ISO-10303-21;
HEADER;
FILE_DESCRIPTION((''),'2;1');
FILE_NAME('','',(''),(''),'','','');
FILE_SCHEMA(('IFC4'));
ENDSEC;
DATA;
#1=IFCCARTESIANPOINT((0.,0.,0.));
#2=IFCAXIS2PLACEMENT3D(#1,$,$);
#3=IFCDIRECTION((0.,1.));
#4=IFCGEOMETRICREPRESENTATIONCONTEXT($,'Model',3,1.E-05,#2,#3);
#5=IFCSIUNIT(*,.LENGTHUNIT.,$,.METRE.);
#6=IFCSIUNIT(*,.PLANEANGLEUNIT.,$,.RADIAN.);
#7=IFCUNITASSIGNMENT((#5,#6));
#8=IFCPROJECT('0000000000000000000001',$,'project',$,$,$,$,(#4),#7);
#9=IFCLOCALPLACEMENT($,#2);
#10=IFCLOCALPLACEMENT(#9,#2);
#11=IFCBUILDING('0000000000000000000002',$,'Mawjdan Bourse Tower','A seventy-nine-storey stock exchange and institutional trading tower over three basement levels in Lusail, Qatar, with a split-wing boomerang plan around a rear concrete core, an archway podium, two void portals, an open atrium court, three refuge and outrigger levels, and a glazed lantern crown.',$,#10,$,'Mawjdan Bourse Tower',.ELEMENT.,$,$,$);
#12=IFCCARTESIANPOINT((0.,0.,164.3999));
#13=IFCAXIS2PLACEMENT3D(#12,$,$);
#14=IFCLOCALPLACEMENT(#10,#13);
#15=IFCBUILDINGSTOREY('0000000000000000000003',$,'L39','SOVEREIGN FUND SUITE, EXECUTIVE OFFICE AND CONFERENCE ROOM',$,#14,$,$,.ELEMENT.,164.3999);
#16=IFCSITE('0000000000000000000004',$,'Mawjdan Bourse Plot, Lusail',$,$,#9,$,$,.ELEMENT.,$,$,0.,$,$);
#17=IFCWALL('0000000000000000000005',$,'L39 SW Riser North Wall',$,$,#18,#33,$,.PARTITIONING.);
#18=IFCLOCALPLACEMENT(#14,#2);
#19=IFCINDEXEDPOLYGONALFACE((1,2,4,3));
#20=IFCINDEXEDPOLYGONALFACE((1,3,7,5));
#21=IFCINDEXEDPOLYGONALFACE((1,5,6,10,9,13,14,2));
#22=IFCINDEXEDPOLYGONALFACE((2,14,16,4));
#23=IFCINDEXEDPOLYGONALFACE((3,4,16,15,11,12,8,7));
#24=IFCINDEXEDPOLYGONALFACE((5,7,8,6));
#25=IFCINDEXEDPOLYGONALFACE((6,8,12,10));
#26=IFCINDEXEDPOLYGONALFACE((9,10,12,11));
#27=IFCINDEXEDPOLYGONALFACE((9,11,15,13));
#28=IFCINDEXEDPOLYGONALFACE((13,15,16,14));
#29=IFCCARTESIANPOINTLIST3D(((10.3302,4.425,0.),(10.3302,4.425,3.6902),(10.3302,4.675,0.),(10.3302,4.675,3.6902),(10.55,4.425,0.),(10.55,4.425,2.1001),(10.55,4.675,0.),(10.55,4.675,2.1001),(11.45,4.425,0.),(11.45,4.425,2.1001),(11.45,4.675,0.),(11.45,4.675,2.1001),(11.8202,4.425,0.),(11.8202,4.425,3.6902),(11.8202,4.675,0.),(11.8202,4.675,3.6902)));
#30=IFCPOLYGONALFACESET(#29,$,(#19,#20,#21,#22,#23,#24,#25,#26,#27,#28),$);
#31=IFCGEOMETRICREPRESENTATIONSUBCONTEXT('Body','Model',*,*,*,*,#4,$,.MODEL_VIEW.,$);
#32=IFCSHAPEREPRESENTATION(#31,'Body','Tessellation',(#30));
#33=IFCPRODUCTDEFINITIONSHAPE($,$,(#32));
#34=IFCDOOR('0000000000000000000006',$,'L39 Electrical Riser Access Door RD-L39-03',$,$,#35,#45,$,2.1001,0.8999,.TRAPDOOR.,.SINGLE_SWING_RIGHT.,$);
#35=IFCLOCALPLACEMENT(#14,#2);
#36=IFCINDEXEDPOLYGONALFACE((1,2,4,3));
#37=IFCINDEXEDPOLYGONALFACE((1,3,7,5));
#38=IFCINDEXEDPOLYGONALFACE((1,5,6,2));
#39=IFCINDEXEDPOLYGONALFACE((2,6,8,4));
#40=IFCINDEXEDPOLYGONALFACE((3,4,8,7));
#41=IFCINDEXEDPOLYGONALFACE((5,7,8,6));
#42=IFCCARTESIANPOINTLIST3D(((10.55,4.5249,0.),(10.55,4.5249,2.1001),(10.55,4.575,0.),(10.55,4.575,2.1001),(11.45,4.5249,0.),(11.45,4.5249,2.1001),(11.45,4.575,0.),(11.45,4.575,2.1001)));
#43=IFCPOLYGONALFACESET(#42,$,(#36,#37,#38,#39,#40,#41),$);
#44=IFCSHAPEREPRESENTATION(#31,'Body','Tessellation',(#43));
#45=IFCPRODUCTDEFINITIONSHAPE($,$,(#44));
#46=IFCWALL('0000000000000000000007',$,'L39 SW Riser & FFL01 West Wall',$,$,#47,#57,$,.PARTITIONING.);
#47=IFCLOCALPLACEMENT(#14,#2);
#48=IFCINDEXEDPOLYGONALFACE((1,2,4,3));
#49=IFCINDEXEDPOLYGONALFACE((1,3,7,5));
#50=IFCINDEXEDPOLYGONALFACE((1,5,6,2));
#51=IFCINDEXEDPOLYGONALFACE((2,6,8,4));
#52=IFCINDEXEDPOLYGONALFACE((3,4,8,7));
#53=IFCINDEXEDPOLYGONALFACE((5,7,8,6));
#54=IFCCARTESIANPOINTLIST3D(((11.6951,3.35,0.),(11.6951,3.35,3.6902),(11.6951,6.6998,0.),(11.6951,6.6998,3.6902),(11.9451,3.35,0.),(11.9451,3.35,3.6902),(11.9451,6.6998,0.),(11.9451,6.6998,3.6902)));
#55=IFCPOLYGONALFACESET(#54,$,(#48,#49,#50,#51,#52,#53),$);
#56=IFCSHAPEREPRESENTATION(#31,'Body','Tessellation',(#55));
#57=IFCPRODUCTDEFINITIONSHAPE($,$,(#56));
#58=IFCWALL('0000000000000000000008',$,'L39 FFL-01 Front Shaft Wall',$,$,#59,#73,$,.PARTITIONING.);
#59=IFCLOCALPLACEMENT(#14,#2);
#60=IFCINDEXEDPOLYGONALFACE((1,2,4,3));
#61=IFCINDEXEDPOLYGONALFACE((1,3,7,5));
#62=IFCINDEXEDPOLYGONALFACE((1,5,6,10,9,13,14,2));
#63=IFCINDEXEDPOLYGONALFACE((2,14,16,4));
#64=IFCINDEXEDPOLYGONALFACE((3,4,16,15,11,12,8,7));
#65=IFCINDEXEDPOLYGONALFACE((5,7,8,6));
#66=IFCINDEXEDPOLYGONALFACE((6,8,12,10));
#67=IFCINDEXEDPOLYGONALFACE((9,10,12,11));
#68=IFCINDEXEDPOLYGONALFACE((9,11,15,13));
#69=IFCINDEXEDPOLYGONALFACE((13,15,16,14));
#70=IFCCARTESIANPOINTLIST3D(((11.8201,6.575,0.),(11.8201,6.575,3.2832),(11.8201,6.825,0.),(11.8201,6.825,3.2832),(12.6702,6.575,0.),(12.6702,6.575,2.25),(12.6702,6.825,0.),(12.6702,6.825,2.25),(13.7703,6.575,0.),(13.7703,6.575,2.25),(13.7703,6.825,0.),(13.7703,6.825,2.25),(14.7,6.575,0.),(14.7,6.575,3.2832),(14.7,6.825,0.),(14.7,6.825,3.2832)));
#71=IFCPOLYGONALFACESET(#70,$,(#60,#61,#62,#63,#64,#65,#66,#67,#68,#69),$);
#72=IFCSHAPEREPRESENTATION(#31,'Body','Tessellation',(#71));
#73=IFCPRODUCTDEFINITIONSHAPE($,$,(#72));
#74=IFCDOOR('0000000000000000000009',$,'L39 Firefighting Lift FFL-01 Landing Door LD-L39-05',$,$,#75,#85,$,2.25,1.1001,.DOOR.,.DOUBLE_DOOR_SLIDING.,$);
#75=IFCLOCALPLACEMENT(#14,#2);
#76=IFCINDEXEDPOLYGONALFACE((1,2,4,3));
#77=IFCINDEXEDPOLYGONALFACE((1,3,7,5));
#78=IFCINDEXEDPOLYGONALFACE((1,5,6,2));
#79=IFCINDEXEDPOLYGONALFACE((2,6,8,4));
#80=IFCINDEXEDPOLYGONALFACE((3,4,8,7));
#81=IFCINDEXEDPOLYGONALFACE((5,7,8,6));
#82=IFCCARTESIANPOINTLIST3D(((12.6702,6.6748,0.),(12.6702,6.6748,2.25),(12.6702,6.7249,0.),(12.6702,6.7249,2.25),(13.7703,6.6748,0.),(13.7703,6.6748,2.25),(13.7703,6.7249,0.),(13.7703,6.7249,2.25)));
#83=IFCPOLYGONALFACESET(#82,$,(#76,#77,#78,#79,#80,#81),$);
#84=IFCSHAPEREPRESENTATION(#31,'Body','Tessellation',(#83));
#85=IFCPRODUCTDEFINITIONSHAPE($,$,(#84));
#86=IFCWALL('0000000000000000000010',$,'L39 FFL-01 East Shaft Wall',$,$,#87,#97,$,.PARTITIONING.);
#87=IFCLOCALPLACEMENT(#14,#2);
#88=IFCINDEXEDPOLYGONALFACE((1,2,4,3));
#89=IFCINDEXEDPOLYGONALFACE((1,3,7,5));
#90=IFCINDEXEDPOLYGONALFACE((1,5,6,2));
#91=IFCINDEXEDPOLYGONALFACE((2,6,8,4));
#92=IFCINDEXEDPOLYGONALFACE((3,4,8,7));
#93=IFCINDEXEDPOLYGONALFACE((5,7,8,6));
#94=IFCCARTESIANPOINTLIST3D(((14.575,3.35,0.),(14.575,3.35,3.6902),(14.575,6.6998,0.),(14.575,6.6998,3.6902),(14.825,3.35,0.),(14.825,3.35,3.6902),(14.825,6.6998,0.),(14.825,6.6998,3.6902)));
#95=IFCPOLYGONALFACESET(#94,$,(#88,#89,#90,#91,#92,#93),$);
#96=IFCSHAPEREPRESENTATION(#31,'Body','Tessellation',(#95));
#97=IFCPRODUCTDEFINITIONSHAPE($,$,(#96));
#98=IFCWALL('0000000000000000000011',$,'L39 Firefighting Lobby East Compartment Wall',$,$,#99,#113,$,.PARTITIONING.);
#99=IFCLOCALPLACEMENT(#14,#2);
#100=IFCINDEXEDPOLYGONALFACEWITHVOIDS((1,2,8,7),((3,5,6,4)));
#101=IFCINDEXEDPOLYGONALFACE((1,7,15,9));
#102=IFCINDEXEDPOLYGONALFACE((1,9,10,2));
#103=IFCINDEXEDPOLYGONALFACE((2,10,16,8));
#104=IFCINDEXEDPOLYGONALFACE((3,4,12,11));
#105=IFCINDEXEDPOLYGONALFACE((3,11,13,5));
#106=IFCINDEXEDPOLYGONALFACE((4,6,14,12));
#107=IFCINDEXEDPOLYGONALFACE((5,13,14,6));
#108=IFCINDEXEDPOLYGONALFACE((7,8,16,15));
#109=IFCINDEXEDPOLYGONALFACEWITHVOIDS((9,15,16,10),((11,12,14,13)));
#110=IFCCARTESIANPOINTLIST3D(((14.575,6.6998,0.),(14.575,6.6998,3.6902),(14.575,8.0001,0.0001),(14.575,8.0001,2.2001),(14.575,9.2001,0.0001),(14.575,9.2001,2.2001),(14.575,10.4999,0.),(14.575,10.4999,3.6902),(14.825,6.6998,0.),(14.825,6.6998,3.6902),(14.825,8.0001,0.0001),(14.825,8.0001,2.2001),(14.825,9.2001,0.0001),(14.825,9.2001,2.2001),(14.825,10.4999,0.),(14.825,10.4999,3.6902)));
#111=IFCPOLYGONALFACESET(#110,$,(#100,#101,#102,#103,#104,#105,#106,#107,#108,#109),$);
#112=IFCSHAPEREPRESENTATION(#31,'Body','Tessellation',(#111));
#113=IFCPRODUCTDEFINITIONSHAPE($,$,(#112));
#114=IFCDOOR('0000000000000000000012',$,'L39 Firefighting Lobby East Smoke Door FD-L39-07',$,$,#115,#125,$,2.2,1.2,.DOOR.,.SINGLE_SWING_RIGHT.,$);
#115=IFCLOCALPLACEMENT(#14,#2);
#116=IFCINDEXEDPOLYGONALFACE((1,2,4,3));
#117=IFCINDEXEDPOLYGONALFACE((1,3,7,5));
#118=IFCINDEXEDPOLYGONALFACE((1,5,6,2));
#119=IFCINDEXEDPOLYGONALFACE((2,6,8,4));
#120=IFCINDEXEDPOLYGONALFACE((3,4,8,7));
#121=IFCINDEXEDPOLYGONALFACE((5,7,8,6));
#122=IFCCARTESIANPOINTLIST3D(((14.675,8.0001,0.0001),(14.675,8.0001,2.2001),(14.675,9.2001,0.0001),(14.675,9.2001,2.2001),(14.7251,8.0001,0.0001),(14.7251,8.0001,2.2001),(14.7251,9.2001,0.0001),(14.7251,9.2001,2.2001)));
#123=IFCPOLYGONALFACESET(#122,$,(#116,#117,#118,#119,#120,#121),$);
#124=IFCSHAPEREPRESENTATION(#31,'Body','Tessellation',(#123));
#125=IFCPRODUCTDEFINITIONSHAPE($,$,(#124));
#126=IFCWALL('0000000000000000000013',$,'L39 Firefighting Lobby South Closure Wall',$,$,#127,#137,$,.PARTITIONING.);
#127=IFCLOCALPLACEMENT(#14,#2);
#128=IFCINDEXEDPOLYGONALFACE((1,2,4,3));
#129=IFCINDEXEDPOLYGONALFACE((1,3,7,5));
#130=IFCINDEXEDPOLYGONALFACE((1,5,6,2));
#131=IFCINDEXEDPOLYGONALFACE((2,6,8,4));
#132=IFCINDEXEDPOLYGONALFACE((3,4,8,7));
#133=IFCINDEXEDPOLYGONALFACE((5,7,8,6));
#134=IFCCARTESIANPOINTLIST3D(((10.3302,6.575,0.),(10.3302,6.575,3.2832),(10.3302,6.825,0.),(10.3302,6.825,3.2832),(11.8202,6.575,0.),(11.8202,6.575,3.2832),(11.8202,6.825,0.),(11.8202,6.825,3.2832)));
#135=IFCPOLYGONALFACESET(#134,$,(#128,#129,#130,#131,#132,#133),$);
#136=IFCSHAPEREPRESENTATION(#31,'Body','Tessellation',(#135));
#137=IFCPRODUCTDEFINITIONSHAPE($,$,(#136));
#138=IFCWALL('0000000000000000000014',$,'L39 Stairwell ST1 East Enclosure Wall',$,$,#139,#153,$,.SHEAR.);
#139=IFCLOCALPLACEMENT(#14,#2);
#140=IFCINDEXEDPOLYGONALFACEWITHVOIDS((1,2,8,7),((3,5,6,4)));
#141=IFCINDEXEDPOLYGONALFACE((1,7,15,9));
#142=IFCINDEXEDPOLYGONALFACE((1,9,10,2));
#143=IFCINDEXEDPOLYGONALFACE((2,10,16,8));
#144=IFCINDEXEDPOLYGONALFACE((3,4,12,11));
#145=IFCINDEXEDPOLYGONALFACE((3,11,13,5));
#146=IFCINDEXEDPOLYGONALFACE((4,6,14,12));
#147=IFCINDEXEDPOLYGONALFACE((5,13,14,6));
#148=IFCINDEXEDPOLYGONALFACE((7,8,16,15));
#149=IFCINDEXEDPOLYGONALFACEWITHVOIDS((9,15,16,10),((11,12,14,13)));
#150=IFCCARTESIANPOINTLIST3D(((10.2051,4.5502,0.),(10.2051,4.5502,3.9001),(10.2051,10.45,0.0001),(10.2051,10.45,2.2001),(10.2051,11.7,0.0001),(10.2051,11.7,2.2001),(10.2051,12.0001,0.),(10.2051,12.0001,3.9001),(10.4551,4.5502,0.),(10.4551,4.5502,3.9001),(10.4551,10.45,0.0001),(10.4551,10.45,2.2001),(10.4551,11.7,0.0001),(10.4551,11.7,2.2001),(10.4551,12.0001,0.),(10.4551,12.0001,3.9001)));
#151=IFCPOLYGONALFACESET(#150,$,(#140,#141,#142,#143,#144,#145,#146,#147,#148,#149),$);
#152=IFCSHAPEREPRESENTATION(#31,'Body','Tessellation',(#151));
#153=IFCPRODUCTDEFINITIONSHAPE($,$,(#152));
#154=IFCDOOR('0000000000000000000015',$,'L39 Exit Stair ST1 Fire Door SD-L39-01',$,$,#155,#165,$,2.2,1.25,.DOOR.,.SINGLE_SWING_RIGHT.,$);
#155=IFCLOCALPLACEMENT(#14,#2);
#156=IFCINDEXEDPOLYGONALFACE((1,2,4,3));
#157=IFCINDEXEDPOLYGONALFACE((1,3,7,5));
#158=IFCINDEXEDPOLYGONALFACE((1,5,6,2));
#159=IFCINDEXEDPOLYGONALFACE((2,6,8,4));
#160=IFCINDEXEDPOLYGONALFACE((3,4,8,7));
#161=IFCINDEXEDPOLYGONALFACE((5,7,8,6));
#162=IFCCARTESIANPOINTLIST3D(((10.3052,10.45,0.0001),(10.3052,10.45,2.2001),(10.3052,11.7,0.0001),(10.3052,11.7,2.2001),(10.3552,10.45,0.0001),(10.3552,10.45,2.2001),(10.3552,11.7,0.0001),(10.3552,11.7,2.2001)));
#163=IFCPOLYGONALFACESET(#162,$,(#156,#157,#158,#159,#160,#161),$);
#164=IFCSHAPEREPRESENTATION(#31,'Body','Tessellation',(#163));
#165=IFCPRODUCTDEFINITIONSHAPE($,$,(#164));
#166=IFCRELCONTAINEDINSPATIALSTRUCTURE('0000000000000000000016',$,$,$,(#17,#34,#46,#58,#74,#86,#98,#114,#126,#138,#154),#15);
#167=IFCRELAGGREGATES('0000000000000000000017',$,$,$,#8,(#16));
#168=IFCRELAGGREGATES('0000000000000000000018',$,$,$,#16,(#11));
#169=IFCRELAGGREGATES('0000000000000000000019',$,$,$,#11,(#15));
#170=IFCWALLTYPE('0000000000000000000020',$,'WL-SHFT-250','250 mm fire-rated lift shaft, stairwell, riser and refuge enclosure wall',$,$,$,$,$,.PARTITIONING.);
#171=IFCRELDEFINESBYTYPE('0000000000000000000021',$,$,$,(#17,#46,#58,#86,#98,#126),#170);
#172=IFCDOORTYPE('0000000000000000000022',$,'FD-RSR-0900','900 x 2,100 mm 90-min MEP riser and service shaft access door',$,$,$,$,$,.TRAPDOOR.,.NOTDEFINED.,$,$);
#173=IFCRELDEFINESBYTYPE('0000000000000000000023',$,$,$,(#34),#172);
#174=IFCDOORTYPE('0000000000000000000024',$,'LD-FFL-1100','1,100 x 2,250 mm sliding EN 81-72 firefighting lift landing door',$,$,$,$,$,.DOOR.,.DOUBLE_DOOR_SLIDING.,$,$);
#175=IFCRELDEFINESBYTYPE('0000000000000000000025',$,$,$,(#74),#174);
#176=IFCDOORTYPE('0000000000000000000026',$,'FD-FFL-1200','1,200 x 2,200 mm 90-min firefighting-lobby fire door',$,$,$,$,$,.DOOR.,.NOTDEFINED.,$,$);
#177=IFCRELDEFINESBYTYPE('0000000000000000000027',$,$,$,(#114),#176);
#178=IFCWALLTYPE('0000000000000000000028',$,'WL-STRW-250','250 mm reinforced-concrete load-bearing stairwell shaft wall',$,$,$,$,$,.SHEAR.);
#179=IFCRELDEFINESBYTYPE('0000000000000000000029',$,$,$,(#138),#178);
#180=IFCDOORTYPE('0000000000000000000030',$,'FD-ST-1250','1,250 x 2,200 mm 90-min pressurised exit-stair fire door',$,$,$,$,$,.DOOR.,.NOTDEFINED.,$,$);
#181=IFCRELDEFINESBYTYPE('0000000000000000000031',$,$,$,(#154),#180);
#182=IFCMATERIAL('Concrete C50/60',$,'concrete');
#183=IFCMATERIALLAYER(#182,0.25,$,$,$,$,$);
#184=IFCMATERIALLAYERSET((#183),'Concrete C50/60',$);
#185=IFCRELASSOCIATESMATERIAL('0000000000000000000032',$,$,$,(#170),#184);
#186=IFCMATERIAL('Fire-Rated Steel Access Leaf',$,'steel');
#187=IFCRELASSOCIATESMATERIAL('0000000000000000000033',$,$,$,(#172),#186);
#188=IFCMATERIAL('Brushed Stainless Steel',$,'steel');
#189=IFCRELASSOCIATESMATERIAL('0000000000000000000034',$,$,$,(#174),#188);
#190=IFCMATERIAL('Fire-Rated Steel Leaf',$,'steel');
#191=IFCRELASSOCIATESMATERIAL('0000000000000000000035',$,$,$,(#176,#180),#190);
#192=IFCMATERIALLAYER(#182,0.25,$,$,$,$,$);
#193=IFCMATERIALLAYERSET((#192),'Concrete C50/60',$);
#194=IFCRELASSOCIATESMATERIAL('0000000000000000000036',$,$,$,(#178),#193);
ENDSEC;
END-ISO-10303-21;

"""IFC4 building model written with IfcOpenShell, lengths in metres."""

from ifc_helpers import new_model, si_unit, direction, frame, frame_2d, origin, place, context, subcontext, project, spatial, rectangle, extrude, material, layer, layer_set, type_object, element, fill, save


model = new_model("IFC4")

# Units and contexts
model_context = context("Model", 3, precision=1e-05, world=origin(), true_north=direction((0.0, 1.0)))
body_context = subcontext(model_context, "Body", "Model", "MODEL_VIEW")
ifc_project = project(units=[si_unit("LENGTHUNIT", "METRE"), si_unit("PLANEANGLEUNIT", "RADIAN")], contexts=[model_context])

# Site, building, storey
site_placement = place(None, origin())
site = spatial("IfcSite", under=ifc_project, at=site_placement, Name="Mawjdan Bourse Plot, Lusail", CompositionType="ELEMENT", RefElevation=0.0)
building_placement = place(site_placement, origin())
building = spatial("IfcBuilding", under=site, at=building_placement, Name="Mawjdan Bourse Tower", Description="A seventy-nine-storey stock exchange and institutional trading tower over three basement levels in Lusail, Qatar, with a split-wing boomerang plan around a rear concrete core, an archway podium, two void portals, an open atrium court, three refuge and outrigger levels, and a glazed lantern crown.", LongName="Mawjdan Bourse Tower", CompositionType="ELEMENT")
storey_placement = place(building_placement, frame((0.0, 0.0, 164.3999)))
storey = spatial("IfcBuildingStorey", under=building, at=storey_placement, Name="L39", Description="SOVEREIGN FUND SUITE, EXECUTIVE OFFICE AND CONFERENCE ROOM", CompositionType="ELEMENT", Elevation=164.3999)

# Shared definitions
ifc_material_1 = material(Name="Concrete C50/60", Category="concrete")

# Wall, opening, door
ifc_layer_1 = layer(ifc_material_1, 0.25)
ifc_layer_set_1 = layer_set([ifc_layer_1], Name="Concrete C50/60")
wall_type_1 = type_object("IfcWallType", Name="WL-SHFT-250", Description="250 mm fire-rated lift shaft, stairwell, riser and refuge enclosure wall", PredefinedType="PARTITIONING", material=ifc_layer_set_1)
wall_1_placement = place(storey_placement, frame((10.3301, 4.55, 0.0), z_axis=(0.0, 0.0, 1.0), x_axis=(1.0, 0.0, 0.0)))
wall_1 = element("IfcWall", 1, at=wall_1_placement, inside=storey, type_object=wall_type_1, Name="L39 SW Riser North Wall", PredefinedType="PARTITIONING", context=body_context, shape_type="SweptSolid", body=[
    extrude(rectangle(XDim=1.49, YDim=0.25, at=frame_2d((0.7451, 0.0))), origin(), (0.0, 0.0, 1.0), 3.6902),
])
opening_1_placement = place(wall_1_placement, frame((0.22, 0.0, 0.0)))
opening_1 = element("IfcOpeningElement", 2, at=opening_1_placement, cuts=wall_1, PredefinedType="OPENING", context=body_context, shape_type="SweptSolid", body=[
    extrude(rectangle(XDim=0.8999, YDim=2.1001, at=frame_2d((0.45, 1.05))), frame((0.0, 0.135, 0.0), z_axis=(0.0, -1.0, 0.0), x_axis=(1.0, 0.0, 0.0)), (0.0, 0.0, 1.0), 0.27),
])
ifc_material_2 = material(Name="Fire-Rated Steel Access Leaf", Category="steel")
door_type_1 = type_object("IfcDoorType", Name="FD-RSR-0900", Description="900 x 2,100 mm 90-min MEP riser and service shaft access door", OperationType="NOTDEFINED", PredefinedType="TRAPDOOR", material=ifc_material_2)
door_1_placement = place(opening_1_placement, origin())
door_1 = element("IfcDoor", 3, at=door_1_placement, inside=storey, type_object=door_type_1, Name="L39 Electrical Riser Access Door RD-L39-03", OperationType="SINGLE_SWING_RIGHT", OverallHeight=2.1001, OverallWidth=0.8999, PredefinedType="TRAPDOOR", context=body_context, shape_type="SweptSolid", body=[
    extrude(rectangle(XDim=0.8999, YDim=2.1001, at=frame_2d((0.45, 1.05))), frame((0.0, 0.0249, 0.0), z_axis=(0.0, -1.0, 0.0), x_axis=(1.0, 0.0, 0.0)), (0.0, 0.0, 1.0), 0.05),
])
fill(opening_1, door_1)

# Wall
wall_2_placement = place(storey_placement, frame((11.8201, 3.3501, 0.0), z_axis=(0.0, 0.0, 1.0), x_axis=(0.0, 1.0, 0.0)))
element("IfcWall", 4, at=wall_2_placement, inside=storey, type_object=wall_type_1, Name="L39 SW Riser & FFL01 West Wall", PredefinedType="PARTITIONING", context=body_context, shape_type="SweptSolid", body=[
    extrude(rectangle(XDim=3.3499, YDim=0.25, at=frame_2d((1.6748, 0.0))), origin(), (0.0, 0.0, 1.0), 3.6902),
])

# Wall, opening, door
wall_3_placement = place(storey_placement, frame((11.8201, 6.7, 0.0), z_axis=(0.0, 0.0, 1.0), x_axis=(1.0, 0.0, 0.0)))
wall_3 = element("IfcWall", 5, at=wall_3_placement, inside=storey, type_object=wall_type_1, Name="L39 FFL-01 Front Shaft Wall", PredefinedType="PARTITIONING", context=body_context, shape_type="SweptSolid", body=[
    extrude(rectangle(XDim=2.8799, YDim=0.25, at=frame_2d((1.4399, 0.0))), origin(), (0.0, 0.0, 1.0), 3.2832),
])
opening_2_placement = place(wall_3_placement, frame((0.8501, 0.0, 0.0)))
opening_2 = element("IfcOpeningElement", 6, at=opening_2_placement, cuts=wall_3, PredefinedType="OPENING", context=body_context, shape_type="SweptSolid", body=[
    extrude(rectangle(XDim=1.1001, YDim=2.25, at=frame_2d((0.55, 1.125))), frame((0.0, 0.135, 0.0), z_axis=(0.0, -1.0, 0.0), x_axis=(1.0, 0.0, 0.0)), (0.0, 0.0, 1.0), 0.27),
])
ifc_material_3 = material(Name="Brushed Stainless Steel", Category="steel")
door_type_2 = type_object("IfcDoorType", Name="LD-FFL-1100", Description="1,100 x 2,250 mm sliding EN 81-72 firefighting lift landing door", OperationType="DOUBLE_DOOR_SLIDING", PredefinedType="DOOR", material=ifc_material_3)
door_2_placement = place(opening_2_placement, origin())
door_2 = element("IfcDoor", 7, at=door_2_placement, inside=storey, type_object=door_type_2, Name="L39 Firefighting Lift FFL-01 Landing Door LD-L39-05", OperationType="DOUBLE_DOOR_SLIDING", OverallHeight=2.25, OverallWidth=1.1001, PredefinedType="DOOR", context=body_context, shape_type="SweptSolid", body=[
    extrude(rectangle(XDim=1.1001, YDim=2.25, at=frame_2d((0.55, 1.125))), frame((0.0, 0.0249, 0.0), z_axis=(0.0, -1.0, 0.0), x_axis=(1.0, 0.0, 0.0)), (0.0, 0.0, 1.0), 0.05),
])
fill(opening_2, door_2)

# Wall
wall_4_placement = place(storey_placement, frame((14.7, 3.3501, 0.0), z_axis=(0.0, 0.0, 1.0), x_axis=(0.0, 1.0, 0.0)))
element("IfcWall", 8, at=wall_4_placement, inside=storey, type_object=wall_type_1, Name="L39 FFL-01 East Shaft Wall", PredefinedType="PARTITIONING", context=body_context, shape_type="SweptSolid", body=[
    extrude(rectangle(XDim=3.3499, YDim=0.25, at=frame_2d((1.6748, 0.0))), origin(), (0.0, 0.0, 1.0), 3.6902),
])

# Wall, opening, door
wall_5_placement = place(storey_placement, frame((14.7, 6.7, 0.0), z_axis=(0.0, 0.0, 1.0), x_axis=(0.0, 1.0, 0.0)))
wall_5 = element("IfcWall", 9, at=wall_5_placement, inside=storey, type_object=wall_type_1, Name="L39 Firefighting Lobby East Compartment Wall", PredefinedType="PARTITIONING", context=body_context, shape_type="SweptSolid", body=[
    extrude(rectangle(XDim=3.8, YDim=0.25, at=frame_2d((1.8999, 0.0))), origin(), (0.0, 0.0, 1.0), 3.6902),
])
opening_3_placement = place(wall_5_placement, frame((1.3, 0.0, 0.0)))
opening_3 = element("IfcOpeningElement", 10, at=opening_3_placement, cuts=wall_5, PredefinedType="OPENING", context=body_context, shape_type="SweptSolid", body=[
    extrude(rectangle(XDim=1.2, YDim=2.2, at=frame_2d((0.6001, 1.1001))), frame((0.0, 0.135, 0.0), z_axis=(0.0, -1.0, 0.0), x_axis=(1.0, 0.0, 0.0)), (0.0, 0.0, 1.0), 0.27),
])
ifc_material_4 = material(Name="Fire-Rated Steel Leaf", Category="steel")
door_type_3 = type_object("IfcDoorType", Name="FD-FFL-1200", Description="1,200 x 2,200 mm 90-min firefighting-lobby fire door", OperationType="NOTDEFINED", PredefinedType="DOOR", material=ifc_material_4)
door_3_placement = place(opening_3_placement, origin())
door_3 = element("IfcDoor", 11, at=door_3_placement, inside=storey, type_object=door_type_3, Name="L39 Firefighting Lobby East Smoke Door FD-L39-07", OperationType="SINGLE_SWING_RIGHT", OverallHeight=2.2, OverallWidth=1.2, PredefinedType="DOOR", context=body_context, shape_type="SweptSolid", body=[
    extrude(rectangle(XDim=1.2, YDim=2.2, at=frame_2d((0.6001, 1.1001))), frame((0.0, 0.0249, 0.0), z_axis=(0.0, -1.0, 0.0), x_axis=(1.0, 0.0, 0.0)), (0.0, 0.0, 1.0), 0.05),
])
fill(opening_3, door_3)

# Wall
wall_6_placement = place(storey_placement, frame((10.3301, 6.7, 0.0), z_axis=(0.0, 0.0, 1.0), x_axis=(1.0, 0.0, 0.0)))
element("IfcWall", 12, at=wall_6_placement, inside=storey, type_object=wall_type_1, Name="L39 Firefighting Lobby South Closure Wall", PredefinedType="PARTITIONING", context=body_context, shape_type="SweptSolid", body=[
    extrude(rectangle(XDim=1.49, YDim=0.25, at=frame_2d((0.7451, 0.0))), origin(), (0.0, 0.0, 1.0), 3.2832),
])
ifc_layer_2 = layer(ifc_material_1, 0.25)
ifc_layer_set_2 = layer_set([ifc_layer_2], Name="Concrete C50/60")
wall_type_2 = type_object("IfcWallType", Name="WL-STRW-250", Description="250 mm reinforced-concrete load-bearing stairwell shaft wall", PredefinedType="SHEAR", material=ifc_layer_set_2)

# Wall, opening, door
wall_7_placement = place(storey_placement, frame((10.3301, 4.55, 0.0), z_axis=(0.0, 0.0, 1.0), x_axis=(0.0, 1.0, 0.0)))
wall_7 = element("IfcWall", 13, at=wall_7_placement, inside=storey, type_object=wall_type_2, Name="L39 Stairwell ST1 East Enclosure Wall", PredefinedType="SHEAR", context=body_context, shape_type="SweptSolid", body=[
    extrude(rectangle(XDim=7.45, YDim=0.25, at=frame_2d((3.7251, 0.0))), origin(), (0.0, 0.0, 1.0), 3.9001),
])
opening_4_placement = place(wall_7_placement, frame((5.8999, 0.0, 0.0)))
opening_4 = element("IfcOpeningElement", 14, at=opening_4_placement, cuts=wall_7, PredefinedType="OPENING", context=body_context, shape_type="SweptSolid", body=[
    extrude(rectangle(XDim=1.25, YDim=2.2, at=frame_2d((0.625, 1.1001))), frame((0.0, 0.135, 0.0), z_axis=(0.0, -1.0, 0.0), x_axis=(1.0, 0.0, 0.0)), (0.0, 0.0, 1.0), 0.27),
])
door_type_4 = type_object("IfcDoorType", Name="FD-ST-1250", Description="1,250 x 2,200 mm 90-min pressurised exit-stair fire door", OperationType="NOTDEFINED", PredefinedType="DOOR", material=ifc_material_4)
door_4_placement = place(opening_4_placement, origin())
door_4 = element("IfcDoor", 15, at=door_4_placement, inside=storey, type_object=door_type_4, Name="L39 Exit Stair ST1 Fire Door SD-L39-01", OperationType="SINGLE_SWING_RIGHT", OverallHeight=2.2, OverallWidth=1.25, PredefinedType="DOOR", context=body_context, shape_type="SweptSolid", body=[
    extrude(rectangle(XDim=1.25, YDim=2.2, at=frame_2d((0.625, 1.1001))), frame((0.0, 0.0249, 0.0), z_axis=(0.0, -1.0, 0.0), x_axis=(1.0, 0.0, 0.0)), (0.0, 0.0, 1.0), 0.05),
])
fill(opening_4, door_4)

save(model, "model.ifc")
